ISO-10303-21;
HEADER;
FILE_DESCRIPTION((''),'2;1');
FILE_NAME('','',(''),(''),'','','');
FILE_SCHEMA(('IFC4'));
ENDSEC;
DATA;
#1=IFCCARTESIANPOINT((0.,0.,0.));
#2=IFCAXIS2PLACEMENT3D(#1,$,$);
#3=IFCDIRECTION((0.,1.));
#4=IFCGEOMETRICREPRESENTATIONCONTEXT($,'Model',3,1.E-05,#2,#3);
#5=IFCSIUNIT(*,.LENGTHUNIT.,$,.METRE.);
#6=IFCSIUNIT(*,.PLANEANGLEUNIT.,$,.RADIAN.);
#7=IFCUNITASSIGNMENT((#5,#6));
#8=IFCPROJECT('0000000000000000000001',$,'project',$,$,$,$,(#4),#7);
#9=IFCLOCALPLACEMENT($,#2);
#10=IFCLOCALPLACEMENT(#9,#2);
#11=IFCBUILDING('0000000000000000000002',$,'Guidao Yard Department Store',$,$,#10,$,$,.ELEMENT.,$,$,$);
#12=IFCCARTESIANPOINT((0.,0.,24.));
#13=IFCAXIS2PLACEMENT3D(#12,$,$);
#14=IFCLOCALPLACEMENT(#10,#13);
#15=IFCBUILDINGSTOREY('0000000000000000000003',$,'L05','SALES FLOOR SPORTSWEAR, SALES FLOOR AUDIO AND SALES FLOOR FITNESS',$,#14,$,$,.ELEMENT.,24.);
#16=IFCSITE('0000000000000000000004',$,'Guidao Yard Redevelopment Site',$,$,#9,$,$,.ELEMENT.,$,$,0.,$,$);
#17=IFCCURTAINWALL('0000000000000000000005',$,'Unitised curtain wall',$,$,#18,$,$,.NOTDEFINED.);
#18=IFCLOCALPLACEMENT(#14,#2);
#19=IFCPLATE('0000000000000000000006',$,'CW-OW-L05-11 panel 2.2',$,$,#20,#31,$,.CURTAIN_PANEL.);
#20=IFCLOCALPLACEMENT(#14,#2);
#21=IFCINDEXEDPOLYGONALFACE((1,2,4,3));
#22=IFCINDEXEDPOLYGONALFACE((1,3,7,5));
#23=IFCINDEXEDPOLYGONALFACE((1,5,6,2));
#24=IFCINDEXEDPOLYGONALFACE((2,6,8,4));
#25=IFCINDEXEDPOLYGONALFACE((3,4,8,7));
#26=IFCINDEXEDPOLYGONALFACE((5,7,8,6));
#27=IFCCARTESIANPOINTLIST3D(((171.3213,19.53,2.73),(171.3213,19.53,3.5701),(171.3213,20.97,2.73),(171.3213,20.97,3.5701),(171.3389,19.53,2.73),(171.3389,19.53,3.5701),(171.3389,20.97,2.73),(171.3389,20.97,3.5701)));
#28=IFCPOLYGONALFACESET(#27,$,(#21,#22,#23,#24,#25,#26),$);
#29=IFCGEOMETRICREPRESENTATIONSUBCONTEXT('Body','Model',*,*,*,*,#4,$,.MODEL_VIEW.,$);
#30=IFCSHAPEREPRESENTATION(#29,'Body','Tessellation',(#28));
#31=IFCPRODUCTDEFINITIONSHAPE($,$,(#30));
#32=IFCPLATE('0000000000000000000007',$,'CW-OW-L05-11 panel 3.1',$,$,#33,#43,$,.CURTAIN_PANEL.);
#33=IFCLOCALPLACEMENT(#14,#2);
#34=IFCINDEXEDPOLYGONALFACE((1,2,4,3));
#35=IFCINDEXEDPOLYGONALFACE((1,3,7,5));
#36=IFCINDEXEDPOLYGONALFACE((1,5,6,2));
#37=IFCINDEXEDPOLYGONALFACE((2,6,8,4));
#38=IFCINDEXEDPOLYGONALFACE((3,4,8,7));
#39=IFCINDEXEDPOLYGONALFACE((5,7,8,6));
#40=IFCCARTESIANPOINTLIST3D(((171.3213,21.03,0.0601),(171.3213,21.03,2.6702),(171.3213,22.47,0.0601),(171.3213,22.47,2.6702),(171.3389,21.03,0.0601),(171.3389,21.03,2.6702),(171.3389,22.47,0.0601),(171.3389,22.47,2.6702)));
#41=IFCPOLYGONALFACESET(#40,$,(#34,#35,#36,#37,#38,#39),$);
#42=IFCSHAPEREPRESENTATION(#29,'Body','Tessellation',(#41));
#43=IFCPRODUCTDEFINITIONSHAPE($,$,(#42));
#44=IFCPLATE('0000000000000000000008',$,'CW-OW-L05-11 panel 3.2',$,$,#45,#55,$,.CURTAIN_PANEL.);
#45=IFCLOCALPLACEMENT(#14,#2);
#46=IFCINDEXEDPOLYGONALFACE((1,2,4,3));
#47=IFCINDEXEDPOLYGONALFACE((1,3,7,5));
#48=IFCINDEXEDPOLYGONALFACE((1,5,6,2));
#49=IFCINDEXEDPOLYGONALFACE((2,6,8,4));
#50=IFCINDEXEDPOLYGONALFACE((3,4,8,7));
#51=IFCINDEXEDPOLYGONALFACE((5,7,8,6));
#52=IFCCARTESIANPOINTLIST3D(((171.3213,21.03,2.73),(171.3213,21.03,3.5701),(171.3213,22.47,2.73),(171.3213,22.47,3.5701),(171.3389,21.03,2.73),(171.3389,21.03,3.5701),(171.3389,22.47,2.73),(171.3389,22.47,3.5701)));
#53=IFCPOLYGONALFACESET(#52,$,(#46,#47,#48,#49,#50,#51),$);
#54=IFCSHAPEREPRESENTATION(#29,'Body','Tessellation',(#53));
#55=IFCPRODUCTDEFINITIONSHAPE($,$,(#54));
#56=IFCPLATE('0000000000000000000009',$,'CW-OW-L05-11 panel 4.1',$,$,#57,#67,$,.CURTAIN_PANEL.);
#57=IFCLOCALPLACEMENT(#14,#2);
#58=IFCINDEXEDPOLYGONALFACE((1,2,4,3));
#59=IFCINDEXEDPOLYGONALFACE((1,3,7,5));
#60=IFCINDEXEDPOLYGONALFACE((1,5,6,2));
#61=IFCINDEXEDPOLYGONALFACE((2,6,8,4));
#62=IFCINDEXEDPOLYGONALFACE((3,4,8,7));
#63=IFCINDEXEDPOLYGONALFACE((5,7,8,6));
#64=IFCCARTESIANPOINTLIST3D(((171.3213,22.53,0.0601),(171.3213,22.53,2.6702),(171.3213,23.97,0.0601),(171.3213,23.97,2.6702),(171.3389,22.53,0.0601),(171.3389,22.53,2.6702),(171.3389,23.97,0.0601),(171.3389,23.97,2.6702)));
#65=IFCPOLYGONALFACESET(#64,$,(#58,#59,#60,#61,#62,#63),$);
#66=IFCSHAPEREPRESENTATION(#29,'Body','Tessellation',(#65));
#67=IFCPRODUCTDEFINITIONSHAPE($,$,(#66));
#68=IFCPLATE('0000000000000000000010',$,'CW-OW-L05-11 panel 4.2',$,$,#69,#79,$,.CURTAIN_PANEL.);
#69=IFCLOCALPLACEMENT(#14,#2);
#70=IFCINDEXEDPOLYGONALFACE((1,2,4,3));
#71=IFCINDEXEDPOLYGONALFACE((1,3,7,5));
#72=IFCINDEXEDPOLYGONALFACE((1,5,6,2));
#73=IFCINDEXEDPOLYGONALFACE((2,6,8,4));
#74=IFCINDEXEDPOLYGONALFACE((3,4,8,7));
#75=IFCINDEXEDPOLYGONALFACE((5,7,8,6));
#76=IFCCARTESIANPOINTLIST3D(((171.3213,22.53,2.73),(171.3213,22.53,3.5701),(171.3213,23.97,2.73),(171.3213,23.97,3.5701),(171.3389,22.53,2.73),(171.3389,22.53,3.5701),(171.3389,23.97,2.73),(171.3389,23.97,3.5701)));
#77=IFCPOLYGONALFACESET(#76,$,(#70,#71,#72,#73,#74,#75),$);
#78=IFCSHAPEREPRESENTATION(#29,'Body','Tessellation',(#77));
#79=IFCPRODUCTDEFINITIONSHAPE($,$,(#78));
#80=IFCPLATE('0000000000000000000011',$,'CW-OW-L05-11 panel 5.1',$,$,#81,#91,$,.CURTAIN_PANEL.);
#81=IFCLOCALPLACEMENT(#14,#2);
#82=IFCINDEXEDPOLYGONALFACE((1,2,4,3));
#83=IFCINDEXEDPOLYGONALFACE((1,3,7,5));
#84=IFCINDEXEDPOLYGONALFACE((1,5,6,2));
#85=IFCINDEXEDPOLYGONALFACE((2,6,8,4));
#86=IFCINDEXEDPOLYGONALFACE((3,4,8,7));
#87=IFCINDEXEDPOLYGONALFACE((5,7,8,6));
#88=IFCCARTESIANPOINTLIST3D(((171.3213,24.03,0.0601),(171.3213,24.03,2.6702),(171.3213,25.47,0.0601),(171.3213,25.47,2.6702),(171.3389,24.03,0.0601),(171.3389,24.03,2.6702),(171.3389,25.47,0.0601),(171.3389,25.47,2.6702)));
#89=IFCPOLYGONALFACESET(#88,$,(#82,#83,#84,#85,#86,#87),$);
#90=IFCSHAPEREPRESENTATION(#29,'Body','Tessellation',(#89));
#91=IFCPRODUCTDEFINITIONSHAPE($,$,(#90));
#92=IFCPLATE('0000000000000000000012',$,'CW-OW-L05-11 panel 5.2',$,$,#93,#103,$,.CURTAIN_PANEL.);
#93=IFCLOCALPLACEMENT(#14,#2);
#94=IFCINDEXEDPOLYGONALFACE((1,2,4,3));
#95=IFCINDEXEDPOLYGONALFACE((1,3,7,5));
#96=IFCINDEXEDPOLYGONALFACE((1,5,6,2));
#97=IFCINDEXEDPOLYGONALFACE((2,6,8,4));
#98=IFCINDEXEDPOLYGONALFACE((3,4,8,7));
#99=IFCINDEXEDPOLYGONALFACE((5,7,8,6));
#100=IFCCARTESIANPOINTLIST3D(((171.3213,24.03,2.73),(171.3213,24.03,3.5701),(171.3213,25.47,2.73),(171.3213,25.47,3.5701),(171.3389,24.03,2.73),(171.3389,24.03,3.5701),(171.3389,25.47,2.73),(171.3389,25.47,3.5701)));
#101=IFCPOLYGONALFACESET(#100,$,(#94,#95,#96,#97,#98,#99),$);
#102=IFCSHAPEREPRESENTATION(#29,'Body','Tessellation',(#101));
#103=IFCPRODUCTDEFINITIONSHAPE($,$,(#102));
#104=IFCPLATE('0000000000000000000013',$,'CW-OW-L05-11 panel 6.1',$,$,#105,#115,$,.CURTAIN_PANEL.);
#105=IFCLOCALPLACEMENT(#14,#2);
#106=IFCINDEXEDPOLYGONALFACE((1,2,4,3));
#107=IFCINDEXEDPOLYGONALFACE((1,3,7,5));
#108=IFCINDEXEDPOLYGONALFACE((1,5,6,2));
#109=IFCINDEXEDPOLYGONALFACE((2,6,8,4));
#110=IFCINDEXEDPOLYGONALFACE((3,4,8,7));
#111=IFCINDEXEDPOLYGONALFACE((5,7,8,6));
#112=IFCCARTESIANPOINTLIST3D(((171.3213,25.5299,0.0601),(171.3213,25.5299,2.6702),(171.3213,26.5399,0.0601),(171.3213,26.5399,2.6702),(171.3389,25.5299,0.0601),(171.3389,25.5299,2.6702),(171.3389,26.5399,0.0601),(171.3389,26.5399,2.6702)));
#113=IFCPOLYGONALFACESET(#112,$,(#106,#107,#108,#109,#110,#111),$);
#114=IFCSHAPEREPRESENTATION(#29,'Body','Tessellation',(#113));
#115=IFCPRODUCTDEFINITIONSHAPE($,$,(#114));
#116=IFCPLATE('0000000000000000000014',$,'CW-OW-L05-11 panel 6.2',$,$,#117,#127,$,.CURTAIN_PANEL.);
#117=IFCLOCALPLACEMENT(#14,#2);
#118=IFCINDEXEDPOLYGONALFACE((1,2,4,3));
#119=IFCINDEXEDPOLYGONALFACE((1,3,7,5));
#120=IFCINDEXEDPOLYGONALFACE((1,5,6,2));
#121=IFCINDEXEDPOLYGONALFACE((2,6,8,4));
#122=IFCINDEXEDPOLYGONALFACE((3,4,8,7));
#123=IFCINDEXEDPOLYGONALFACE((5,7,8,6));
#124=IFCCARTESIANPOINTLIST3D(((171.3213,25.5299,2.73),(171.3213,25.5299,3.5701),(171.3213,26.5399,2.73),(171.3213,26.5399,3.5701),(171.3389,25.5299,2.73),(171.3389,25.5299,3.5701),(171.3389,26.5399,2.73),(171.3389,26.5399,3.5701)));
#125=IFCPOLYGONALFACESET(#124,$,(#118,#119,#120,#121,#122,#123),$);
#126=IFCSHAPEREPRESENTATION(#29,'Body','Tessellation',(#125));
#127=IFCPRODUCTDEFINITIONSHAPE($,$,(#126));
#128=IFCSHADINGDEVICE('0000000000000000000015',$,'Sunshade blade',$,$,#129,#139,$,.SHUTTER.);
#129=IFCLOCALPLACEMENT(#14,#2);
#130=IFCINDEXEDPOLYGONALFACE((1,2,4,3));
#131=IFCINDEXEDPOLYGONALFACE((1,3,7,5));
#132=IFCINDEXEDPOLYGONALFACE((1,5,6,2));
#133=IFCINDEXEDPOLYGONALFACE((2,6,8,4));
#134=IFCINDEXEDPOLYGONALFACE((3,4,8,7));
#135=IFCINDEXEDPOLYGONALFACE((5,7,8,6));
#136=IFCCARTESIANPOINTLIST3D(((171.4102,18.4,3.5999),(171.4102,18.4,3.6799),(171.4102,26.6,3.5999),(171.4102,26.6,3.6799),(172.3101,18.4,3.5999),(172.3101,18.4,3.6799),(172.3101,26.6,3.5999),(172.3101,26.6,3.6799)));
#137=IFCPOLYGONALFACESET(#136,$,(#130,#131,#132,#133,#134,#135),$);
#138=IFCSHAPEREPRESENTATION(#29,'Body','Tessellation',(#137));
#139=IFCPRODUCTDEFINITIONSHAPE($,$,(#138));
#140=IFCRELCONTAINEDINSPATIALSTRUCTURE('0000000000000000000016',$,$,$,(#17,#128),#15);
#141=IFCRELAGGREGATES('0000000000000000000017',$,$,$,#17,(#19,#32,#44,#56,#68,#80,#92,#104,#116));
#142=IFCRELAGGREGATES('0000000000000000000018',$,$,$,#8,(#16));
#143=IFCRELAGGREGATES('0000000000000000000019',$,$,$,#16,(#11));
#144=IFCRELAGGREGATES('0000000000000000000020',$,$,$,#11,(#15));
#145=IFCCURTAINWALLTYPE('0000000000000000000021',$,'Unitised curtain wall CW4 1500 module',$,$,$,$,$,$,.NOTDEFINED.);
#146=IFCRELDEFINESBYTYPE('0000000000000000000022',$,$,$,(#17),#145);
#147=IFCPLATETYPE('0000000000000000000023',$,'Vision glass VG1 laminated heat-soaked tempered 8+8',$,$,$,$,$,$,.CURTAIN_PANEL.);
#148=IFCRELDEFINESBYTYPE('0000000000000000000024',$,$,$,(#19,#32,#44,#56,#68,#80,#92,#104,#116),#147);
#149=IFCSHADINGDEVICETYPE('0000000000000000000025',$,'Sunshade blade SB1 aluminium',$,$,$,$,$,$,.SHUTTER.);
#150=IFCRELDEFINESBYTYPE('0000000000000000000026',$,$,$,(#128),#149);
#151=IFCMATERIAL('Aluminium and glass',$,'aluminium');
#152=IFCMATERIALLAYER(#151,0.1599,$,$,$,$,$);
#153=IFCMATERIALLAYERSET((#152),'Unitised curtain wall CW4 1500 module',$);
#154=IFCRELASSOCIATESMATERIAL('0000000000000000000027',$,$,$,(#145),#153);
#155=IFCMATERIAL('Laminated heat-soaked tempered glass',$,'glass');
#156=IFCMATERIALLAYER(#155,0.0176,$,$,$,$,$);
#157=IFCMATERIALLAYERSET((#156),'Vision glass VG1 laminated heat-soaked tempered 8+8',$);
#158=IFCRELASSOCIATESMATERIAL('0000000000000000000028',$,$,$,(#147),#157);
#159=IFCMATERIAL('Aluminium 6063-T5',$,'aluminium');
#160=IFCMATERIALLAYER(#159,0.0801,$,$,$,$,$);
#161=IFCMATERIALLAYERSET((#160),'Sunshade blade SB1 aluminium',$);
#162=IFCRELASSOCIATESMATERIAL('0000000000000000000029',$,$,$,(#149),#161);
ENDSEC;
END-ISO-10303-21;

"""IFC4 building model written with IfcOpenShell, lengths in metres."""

from ifc_helpers import new_model, si_unit, direction, frame, origin, origin_2d, place, context, subcontext, project, spatial, rectangle, extrude, material, layer, layer_set, type_object, element, aggregate, save


model = new_model("IFC4")

# Units and contexts
model_context = context("Model", 3, precision=1e-05, world=origin(), true_north=direction((0.0, 1.0)))
body_context = subcontext(model_context, "Body", "Model", "MODEL_VIEW")
ifc_project = project(units=[si_unit("LENGTHUNIT", "METRE"), si_unit("PLANEANGLEUNIT", "RADIAN")], contexts=[model_context])

# Site, building, storey
site_placement = place(None, origin())
site = spatial("IfcSite", under=ifc_project, at=site_placement, Name="Guidao Yard Redevelopment Site", CompositionType="ELEMENT", RefElevation=0.0)
building_placement = place(site_placement, origin())
building = spatial("IfcBuilding", under=site, at=building_placement, Name="Guidao Yard Department Store", CompositionType="ELEMENT")
storey_placement = place(building_placement, frame((0.0, 0.0, 24.0)))
storey = spatial("IfcBuildingStorey", under=building, at=storey_placement, Name="L05", Description="SALES FLOOR SPORTSWEAR, SALES FLOOR AUDIO AND SALES FLOOR FITNESS", CompositionType="ELEMENT", Elevation=24.0)

# Curtain wall, plates
ifc_material_1 = material(Name="Aluminium and glass", Category="aluminium")
ifc_layer_1 = layer(ifc_material_1, 0.1599)
ifc_layer_set_1 = layer_set([ifc_layer_1], Name="Unitised curtain wall CW4 1500 module")
curtain_wall_type = type_object("IfcCurtainWallType", Name="Unitised curtain wall CW4 1500 module", PredefinedType="NOTDEFINED", material=ifc_layer_set_1)
curtain_wall_placement = place(storey_placement, origin())
curtain_wall = element("IfcCurtainWall", 1, at=curtain_wall_placement, inside=storey, type_object=curtain_wall_type, Name="Unitised curtain wall", PredefinedType="NOTDEFINED")
ifc_material_2 = material(Name="Laminated heat-soaked tempered glass", Category="glass")
ifc_layer_2 = layer(ifc_material_2, 0.0176)
ifc_layer_set_2 = layer_set([ifc_layer_2], Name="Vision glass VG1 laminated heat-soaked tempered 8+8")
plate_type_1 = type_object("IfcPlateType", Name="Vision glass VG1 laminated heat-soaked tempered 8+8", PredefinedType="CURTAIN_PANEL", material=ifc_layer_set_2)
plate_1_placement = place(storey_placement, frame((171.3301, 20.25, 2.73), z_axis=(0.0, 0.0, 1.0), x_axis=(0.0, -1.0, 0.0)))
plate_1 = element("IfcPlate", 2, at=plate_1_placement, type_object=plate_type_1, Name="CW-OW-L05-11 panel 2.2", PredefinedType="CURTAIN_PANEL", context=body_context, shape_type="SweptSolid", body=[
    extrude(rectangle(XDim=1.4399, YDim=0.0176, at=origin_2d()), origin(), (0.0, 0.0, 1.0), 0.8401),
])
plate_2_placement = place(storey_placement, frame((171.3301, 21.75, 0.0601), z_axis=(0.0, 0.0, 1.0), x_axis=(0.0, -1.0, 0.0)))
plate_2 = element("IfcPlate", 3, at=plate_2_placement, type_object=plate_type_1, Name="CW-OW-L05-11 panel 3.1", PredefinedType="CURTAIN_PANEL", context=body_context, shape_type="SweptSolid", body=[
    extrude(rectangle(XDim=1.4399, YDim=0.0176, at=origin_2d()), origin(), (0.0, 0.0, 1.0), 2.6101),
])
plate_3_placement = place(storey_placement, frame((171.3301, 21.75, 2.73), z_axis=(0.0, 0.0, 1.0), x_axis=(0.0, -1.0, 0.0)))
plate_3 = element("IfcPlate", 4, at=plate_3_placement, type_object=plate_type_1, Name="CW-OW-L05-11 panel 3.2", PredefinedType="CURTAIN_PANEL", context=body_context, shape_type="SweptSolid", body=[
    extrude(rectangle(XDim=1.4399, YDim=0.0176, at=origin_2d()), origin(), (0.0, 0.0, 1.0), 0.8401),
])
plate_4_placement = place(storey_placement, frame((171.3301, 23.25, 0.0601), z_axis=(0.0, 0.0, 1.0), x_axis=(0.0, -1.0, 0.0)))
plate_4 = element("IfcPlate", 5, at=plate_4_placement, type_object=plate_type_1, Name="CW-OW-L05-11 panel 4.1", PredefinedType="CURTAIN_PANEL", context=body_context, shape_type="SweptSolid", body=[
    extrude(rectangle(XDim=1.4399, YDim=0.0176, at=origin_2d()), origin(), (0.0, 0.0, 1.0), 2.6101),
])
plate_5_placement = place(storey_placement, frame((171.3301, 23.25, 2.73), z_axis=(0.0, 0.0, 1.0), x_axis=(0.0, -1.0, 0.0)))
plate_5 = element("IfcPlate", 6, at=plate_5_placement, type_object=plate_type_1, Name="CW-OW-L05-11 panel 4.2", PredefinedType="CURTAIN_PANEL", context=body_context, shape_type="SweptSolid", body=[
    extrude(rectangle(XDim=1.4399, YDim=0.0176, at=origin_2d()), origin(), (0.0, 0.0, 1.0), 0.8401),
])
plate_6_placement = place(storey_placement, frame((171.3301, 24.75, 0.0601), z_axis=(0.0, 0.0, 1.0), x_axis=(0.0, -1.0, 0.0)))
plate_6 = element("IfcPlate", 7, at=plate_6_placement, type_object=plate_type_1, Name="CW-OW-L05-11 panel 5.1", PredefinedType="CURTAIN_PANEL", context=body_context, shape_type="SweptSolid", body=[
    extrude(rectangle(XDim=1.4399, YDim=0.0176, at=origin_2d()), origin(), (0.0, 0.0, 1.0), 2.6101),
])
plate_7_placement = place(storey_placement, frame((171.3301, 24.75, 2.73), z_axis=(0.0, 0.0, 1.0), x_axis=(0.0, -1.0, 0.0)))
plate_7 = element("IfcPlate", 8, at=plate_7_placement, type_object=plate_type_1, Name="CW-OW-L05-11 panel 5.2", PredefinedType="CURTAIN_PANEL", context=body_context, shape_type="SweptSolid", body=[
    extrude(rectangle(XDim=1.4399, YDim=0.0176, at=origin_2d()), origin(), (0.0, 0.0, 1.0), 0.8401),
])
plate_8_placement = place(storey_placement, frame((171.3301, 26.0349, 0.0601), z_axis=(0.0, 0.0, 1.0), x_axis=(0.0, -1.0, 0.0)))
plate_8 = element("IfcPlate", 9, at=plate_8_placement, type_object=plate_type_1, Name="CW-OW-L05-11 panel 6.1", PredefinedType="CURTAIN_PANEL", context=body_context, shape_type="SweptSolid", body=[
    extrude(rectangle(XDim=1.01, YDim=0.0176, at=origin_2d()), origin(), (0.0, 0.0, 1.0), 2.6101),
])
plate_9_placement = place(storey_placement, frame((171.3301, 26.0349, 2.73), z_axis=(0.0, 0.0, 1.0), x_axis=(0.0, -1.0, 0.0)))
plate_9 = element("IfcPlate", 10, at=plate_9_placement, type_object=plate_type_1, Name="CW-OW-L05-11 panel 6.2", PredefinedType="CURTAIN_PANEL", context=body_context, shape_type="SweptSolid", body=[
    extrude(rectangle(XDim=1.01, YDim=0.0176, at=origin_2d()), origin(), (0.0, 0.0, 1.0), 0.8401),
])
aggregate(curtain_wall, [plate_1, plate_2, plate_3, plate_4, plate_5, plate_6, plate_7, plate_8, plate_9])

# Shading device
ifc_material_3 = material(Name="Aluminium 6063-T5", Category="aluminium")
ifc_layer_3 = layer(ifc_material_3, 0.0801)
ifc_layer_set_3 = layer_set([ifc_layer_3], Name="Sunshade blade SB1 aluminium")
shading_device_type = type_object("IfcShadingDeviceType", Name="Sunshade blade SB1 aluminium", PredefinedType="SHUTTER", material=ifc_layer_set_3)
shading_device_placement = place(storey_placement, frame((171.8601, 22.5, 3.5999), z_axis=(0.0, 0.0, 1.0), x_axis=(0.0, -1.0, 0.0)))
element("IfcShadingDevice", 11, at=shading_device_placement, inside=storey, type_object=shading_device_type, Name="Sunshade blade", PredefinedType="SHUTTER", context=body_context, shape_type="SweptSolid", body=[
    extrude(rectangle(XDim=8.2, YDim=0.8999, at=origin_2d()), origin(), (0.0, 0.0, 1.0), 0.0801),
])

save(model, "model.ifc")
